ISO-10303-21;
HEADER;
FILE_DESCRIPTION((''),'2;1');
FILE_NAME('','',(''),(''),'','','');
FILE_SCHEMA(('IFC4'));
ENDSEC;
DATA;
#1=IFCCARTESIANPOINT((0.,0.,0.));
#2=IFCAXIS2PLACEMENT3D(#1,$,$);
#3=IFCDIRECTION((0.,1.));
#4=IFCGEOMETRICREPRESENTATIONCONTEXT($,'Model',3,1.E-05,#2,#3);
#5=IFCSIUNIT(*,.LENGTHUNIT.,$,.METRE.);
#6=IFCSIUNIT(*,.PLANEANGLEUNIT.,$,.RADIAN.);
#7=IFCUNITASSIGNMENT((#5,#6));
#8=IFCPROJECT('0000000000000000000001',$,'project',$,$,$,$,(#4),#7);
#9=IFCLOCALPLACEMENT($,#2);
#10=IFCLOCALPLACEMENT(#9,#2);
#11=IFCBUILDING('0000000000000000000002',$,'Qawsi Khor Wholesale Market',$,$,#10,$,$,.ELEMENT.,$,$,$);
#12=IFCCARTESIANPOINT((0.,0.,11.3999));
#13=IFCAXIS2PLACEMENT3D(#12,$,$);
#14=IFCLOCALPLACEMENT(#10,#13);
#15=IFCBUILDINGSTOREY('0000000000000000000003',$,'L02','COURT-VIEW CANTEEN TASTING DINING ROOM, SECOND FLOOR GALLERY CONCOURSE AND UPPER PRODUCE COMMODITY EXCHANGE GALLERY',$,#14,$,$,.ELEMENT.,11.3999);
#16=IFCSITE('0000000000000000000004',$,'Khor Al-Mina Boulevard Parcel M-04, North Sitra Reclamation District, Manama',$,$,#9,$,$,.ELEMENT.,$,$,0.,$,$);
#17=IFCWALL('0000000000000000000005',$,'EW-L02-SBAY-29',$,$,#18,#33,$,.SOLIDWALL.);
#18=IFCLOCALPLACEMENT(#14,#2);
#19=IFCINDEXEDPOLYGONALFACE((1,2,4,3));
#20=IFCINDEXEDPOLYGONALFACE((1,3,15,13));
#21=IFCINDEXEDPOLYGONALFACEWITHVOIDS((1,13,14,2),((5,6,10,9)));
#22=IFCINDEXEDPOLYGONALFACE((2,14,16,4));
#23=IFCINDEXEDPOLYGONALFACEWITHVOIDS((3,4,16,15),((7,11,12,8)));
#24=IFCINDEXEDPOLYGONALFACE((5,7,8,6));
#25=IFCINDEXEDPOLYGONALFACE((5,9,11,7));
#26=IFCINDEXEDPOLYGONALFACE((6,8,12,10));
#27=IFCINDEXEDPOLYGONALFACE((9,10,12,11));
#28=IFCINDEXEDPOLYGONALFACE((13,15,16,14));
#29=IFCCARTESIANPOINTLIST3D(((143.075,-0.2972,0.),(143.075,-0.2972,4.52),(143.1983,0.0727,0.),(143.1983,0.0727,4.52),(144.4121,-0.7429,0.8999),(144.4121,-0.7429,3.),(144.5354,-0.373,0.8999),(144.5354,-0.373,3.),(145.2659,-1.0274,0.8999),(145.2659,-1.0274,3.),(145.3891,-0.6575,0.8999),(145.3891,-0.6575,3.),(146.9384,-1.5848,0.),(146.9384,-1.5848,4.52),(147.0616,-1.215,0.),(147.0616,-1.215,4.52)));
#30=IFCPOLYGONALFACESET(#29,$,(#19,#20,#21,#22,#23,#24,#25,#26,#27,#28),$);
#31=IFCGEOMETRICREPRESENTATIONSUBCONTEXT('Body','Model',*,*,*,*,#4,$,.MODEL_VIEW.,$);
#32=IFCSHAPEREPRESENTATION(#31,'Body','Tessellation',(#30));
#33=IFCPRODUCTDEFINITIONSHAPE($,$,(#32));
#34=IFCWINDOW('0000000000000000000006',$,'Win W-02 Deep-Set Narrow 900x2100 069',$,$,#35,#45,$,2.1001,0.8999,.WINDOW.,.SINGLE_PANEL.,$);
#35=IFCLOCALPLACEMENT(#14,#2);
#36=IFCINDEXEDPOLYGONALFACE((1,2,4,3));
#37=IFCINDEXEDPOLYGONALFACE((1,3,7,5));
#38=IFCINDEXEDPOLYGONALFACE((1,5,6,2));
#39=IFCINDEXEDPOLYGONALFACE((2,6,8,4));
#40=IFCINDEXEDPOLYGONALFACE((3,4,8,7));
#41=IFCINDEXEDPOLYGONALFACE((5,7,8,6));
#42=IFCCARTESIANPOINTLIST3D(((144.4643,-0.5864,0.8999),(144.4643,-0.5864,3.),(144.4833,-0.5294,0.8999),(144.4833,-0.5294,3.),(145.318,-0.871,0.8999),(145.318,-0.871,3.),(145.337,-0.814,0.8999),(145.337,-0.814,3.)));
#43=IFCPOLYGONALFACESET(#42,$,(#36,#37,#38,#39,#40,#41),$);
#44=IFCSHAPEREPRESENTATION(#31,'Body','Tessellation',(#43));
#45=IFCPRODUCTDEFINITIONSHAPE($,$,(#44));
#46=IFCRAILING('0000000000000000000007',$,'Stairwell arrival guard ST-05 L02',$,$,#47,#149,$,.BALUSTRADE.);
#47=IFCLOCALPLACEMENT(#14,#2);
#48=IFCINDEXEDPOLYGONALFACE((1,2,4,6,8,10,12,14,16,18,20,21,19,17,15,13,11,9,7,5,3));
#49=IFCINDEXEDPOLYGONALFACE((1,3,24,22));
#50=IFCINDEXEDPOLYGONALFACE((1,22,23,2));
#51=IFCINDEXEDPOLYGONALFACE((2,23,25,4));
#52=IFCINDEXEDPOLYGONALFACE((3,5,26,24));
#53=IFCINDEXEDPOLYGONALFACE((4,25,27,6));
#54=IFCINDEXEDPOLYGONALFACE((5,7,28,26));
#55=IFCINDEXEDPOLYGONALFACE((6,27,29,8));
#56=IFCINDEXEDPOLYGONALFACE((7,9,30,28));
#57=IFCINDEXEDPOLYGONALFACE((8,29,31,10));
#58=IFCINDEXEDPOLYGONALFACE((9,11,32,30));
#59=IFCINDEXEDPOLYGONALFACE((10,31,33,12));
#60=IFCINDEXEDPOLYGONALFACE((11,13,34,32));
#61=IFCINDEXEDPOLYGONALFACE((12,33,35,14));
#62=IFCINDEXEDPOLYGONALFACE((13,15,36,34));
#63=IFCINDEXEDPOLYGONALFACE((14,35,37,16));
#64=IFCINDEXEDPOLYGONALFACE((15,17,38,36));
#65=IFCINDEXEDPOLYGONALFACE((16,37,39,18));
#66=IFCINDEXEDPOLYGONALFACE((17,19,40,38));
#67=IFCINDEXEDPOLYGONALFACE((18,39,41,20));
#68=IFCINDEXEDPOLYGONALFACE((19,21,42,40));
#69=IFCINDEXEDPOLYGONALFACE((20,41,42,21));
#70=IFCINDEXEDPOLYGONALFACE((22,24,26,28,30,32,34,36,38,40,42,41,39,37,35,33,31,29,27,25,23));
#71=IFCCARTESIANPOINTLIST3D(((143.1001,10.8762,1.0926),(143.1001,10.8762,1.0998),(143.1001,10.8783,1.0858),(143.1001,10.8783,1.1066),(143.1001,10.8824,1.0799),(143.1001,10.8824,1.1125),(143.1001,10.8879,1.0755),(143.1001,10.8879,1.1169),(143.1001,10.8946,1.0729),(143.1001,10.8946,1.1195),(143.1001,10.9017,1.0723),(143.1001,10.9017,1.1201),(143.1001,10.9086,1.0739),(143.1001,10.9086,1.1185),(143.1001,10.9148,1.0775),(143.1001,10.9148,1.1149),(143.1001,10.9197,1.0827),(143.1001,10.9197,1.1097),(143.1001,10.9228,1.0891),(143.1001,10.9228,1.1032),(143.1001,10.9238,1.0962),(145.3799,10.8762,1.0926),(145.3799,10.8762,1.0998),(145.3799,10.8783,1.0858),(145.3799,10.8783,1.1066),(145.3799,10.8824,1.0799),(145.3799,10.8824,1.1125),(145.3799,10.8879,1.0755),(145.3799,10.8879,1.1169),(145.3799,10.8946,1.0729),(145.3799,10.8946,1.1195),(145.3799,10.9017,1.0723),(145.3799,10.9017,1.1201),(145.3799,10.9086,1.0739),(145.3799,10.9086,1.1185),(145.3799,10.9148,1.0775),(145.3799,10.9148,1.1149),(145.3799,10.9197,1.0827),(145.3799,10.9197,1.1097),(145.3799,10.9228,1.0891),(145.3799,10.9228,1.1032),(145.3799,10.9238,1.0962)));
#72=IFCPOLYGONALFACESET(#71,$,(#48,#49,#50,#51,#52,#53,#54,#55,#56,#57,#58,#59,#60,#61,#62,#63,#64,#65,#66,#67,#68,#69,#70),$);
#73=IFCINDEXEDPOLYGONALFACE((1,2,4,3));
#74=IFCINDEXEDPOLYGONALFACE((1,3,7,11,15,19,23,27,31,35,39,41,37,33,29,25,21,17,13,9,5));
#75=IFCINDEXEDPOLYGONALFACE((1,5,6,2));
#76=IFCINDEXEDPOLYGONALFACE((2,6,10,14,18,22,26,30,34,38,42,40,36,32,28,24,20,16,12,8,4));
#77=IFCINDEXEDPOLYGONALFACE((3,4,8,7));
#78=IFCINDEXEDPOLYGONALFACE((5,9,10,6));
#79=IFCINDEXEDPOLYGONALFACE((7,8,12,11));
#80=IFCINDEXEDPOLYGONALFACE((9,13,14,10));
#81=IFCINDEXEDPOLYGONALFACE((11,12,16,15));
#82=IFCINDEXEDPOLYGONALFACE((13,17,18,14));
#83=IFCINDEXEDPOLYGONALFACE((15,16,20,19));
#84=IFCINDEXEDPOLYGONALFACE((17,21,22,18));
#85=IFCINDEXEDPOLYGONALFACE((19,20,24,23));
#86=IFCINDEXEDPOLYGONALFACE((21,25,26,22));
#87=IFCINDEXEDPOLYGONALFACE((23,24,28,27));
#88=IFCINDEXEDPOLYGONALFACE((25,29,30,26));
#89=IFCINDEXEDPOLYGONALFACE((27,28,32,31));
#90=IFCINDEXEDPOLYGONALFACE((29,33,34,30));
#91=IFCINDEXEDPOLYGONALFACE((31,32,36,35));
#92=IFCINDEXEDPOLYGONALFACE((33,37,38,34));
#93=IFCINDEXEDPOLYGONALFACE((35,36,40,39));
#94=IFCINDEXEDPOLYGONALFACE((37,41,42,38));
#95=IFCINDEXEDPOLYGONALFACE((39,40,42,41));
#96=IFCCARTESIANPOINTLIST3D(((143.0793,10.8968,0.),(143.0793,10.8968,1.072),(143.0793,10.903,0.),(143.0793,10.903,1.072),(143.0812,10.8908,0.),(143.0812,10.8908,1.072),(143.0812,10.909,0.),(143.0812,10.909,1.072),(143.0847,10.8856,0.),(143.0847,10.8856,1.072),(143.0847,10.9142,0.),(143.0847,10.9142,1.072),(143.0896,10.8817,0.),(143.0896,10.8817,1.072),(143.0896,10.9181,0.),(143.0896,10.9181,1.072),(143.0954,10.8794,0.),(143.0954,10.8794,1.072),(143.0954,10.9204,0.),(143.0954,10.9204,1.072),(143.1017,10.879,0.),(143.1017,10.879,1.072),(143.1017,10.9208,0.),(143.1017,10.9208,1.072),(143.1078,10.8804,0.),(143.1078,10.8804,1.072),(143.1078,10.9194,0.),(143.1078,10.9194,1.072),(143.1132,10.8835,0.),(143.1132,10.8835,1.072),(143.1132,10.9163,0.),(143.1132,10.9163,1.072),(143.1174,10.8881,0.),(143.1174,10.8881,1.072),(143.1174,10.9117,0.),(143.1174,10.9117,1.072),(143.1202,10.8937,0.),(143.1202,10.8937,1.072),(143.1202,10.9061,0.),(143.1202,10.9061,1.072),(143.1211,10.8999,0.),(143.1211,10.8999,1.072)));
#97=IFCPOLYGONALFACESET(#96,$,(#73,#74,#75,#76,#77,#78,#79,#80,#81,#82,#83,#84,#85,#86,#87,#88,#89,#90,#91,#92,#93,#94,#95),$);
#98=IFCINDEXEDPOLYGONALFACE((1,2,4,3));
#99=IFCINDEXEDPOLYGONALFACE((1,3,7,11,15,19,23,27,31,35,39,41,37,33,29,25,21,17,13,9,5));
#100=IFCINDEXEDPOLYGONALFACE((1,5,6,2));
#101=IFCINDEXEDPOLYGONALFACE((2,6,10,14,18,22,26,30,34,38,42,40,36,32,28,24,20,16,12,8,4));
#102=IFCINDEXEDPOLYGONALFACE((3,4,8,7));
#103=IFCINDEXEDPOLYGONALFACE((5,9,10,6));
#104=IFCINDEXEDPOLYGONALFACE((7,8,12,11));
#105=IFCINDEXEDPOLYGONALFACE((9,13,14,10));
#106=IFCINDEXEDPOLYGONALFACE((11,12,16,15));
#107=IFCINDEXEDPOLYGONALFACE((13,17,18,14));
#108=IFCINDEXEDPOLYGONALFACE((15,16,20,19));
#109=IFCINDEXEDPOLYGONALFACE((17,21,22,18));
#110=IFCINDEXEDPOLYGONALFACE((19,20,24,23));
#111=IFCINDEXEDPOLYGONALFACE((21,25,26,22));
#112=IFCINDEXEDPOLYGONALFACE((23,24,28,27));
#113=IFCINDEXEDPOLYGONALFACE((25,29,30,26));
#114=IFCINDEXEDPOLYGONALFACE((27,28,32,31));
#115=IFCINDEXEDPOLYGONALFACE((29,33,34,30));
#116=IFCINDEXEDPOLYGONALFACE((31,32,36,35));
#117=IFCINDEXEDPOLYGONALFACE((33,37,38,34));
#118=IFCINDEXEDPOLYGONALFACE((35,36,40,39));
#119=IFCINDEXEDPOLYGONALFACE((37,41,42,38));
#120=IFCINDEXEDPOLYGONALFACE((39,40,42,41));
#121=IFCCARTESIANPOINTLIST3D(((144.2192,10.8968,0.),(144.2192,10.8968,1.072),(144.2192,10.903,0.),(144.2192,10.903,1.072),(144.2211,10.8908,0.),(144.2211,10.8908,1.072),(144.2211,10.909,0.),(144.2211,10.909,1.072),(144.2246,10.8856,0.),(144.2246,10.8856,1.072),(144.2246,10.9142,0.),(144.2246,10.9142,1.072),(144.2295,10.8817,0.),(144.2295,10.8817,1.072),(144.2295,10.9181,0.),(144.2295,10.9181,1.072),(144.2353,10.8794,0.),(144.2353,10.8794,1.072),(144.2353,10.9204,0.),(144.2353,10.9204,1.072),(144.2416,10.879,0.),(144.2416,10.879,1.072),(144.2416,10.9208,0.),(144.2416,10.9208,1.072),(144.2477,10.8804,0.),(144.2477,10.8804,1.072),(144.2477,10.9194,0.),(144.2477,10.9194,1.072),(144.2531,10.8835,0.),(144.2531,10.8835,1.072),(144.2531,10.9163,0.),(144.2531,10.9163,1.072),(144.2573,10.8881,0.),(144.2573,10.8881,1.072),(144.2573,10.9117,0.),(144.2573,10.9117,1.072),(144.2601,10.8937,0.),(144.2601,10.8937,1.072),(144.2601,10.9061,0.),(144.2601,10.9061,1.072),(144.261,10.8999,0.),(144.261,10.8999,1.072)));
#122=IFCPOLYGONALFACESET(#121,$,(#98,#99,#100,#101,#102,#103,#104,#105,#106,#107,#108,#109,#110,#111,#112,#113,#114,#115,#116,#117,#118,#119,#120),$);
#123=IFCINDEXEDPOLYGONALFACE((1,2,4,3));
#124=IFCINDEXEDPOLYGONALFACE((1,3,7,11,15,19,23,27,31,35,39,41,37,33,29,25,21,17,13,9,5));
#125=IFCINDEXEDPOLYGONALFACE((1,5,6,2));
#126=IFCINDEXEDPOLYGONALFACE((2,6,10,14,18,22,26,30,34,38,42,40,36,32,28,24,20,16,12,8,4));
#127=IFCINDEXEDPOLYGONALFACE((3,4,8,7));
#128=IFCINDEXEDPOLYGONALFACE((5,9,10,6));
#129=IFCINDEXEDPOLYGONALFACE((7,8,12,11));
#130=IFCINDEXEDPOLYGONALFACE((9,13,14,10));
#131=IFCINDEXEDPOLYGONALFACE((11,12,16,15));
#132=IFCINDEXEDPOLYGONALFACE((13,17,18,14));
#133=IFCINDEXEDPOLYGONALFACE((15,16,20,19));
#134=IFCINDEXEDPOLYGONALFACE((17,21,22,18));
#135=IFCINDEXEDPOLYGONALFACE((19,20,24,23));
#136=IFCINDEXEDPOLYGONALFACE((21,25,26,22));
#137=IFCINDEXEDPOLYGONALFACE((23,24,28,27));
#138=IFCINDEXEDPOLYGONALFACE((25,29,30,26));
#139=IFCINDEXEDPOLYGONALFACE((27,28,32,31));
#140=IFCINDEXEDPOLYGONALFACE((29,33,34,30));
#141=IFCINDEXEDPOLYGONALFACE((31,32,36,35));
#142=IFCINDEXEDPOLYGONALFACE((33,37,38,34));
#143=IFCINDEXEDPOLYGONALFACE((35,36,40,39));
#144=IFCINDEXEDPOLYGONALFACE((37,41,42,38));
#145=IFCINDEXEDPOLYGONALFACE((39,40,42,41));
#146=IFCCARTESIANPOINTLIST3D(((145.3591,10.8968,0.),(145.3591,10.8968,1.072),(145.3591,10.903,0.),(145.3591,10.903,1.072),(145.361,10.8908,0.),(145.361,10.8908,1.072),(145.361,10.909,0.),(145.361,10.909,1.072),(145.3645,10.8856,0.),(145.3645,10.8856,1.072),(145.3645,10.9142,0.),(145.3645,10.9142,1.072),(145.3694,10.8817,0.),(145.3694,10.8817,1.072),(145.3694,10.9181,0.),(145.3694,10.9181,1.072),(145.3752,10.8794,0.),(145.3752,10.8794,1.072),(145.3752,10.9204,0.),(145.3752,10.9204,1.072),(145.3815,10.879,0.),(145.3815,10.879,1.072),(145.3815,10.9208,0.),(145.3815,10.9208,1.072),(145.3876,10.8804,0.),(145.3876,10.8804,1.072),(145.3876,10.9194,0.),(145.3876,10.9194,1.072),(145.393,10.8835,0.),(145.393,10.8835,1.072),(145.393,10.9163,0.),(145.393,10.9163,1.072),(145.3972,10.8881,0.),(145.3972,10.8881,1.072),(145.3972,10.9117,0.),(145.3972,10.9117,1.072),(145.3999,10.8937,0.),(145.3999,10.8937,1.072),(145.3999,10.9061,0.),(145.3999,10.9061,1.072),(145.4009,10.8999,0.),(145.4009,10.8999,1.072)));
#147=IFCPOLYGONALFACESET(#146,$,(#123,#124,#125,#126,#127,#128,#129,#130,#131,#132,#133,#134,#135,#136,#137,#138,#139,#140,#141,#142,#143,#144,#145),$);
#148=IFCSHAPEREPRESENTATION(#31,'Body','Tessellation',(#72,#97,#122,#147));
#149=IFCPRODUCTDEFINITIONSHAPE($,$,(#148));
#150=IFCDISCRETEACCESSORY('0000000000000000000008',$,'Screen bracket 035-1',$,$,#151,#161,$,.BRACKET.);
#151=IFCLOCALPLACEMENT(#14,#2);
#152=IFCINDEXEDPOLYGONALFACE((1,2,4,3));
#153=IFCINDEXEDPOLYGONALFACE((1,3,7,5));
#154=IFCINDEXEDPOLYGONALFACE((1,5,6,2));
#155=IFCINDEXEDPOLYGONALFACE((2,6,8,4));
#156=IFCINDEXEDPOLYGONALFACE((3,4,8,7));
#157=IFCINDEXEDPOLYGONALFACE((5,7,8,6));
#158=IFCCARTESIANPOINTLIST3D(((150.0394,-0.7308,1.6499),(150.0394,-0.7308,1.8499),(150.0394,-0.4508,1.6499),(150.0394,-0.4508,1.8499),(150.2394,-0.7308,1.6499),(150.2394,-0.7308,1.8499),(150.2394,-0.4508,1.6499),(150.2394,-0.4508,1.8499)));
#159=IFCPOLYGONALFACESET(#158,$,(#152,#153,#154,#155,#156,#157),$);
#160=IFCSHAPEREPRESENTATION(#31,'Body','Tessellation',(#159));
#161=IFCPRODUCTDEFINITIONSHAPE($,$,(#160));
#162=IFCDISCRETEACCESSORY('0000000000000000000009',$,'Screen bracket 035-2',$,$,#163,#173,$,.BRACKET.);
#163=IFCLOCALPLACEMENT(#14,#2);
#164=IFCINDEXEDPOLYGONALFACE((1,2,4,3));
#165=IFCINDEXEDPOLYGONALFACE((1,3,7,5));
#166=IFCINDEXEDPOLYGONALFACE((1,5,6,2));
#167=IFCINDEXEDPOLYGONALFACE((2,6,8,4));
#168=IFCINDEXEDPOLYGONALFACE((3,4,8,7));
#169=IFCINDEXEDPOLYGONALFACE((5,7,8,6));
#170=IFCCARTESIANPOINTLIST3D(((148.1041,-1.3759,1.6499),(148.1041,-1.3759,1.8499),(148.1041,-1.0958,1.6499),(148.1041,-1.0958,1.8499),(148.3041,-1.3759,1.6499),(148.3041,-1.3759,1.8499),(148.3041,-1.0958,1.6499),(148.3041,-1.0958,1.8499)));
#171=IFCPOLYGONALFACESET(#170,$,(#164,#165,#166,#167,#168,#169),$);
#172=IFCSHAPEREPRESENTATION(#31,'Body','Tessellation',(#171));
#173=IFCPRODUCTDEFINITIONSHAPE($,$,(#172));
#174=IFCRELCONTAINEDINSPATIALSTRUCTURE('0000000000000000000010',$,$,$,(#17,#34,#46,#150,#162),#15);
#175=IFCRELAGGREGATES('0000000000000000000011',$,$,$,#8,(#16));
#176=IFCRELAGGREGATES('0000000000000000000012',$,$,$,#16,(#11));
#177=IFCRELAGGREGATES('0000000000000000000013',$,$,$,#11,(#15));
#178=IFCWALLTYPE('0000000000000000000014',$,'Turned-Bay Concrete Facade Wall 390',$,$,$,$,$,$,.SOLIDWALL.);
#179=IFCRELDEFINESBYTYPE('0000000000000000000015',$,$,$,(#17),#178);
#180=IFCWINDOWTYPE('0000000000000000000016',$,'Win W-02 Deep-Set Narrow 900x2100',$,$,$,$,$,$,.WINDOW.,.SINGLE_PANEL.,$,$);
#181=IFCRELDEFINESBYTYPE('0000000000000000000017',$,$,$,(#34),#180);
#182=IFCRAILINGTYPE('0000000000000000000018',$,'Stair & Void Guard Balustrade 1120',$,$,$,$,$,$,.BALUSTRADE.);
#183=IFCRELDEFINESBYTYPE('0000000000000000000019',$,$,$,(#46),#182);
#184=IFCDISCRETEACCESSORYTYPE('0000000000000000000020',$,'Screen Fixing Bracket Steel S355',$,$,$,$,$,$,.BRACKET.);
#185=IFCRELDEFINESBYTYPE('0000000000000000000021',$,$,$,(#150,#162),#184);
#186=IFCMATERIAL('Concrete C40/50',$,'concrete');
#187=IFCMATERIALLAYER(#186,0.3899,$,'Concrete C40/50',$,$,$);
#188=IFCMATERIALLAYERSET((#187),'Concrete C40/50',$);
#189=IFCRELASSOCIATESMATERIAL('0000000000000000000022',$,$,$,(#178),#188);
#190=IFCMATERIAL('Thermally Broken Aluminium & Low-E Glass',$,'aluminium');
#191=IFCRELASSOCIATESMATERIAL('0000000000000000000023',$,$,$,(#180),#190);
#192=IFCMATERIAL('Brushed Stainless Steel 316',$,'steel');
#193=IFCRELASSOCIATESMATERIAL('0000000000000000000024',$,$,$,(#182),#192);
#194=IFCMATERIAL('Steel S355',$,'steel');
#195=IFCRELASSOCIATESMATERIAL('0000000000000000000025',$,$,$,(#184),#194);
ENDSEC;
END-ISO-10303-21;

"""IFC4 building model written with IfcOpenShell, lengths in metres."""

from ifc_helpers import new_model, si_unit, direction, frame, frame_2d, origin, origin_2d, place, context, subcontext, project, spatial, rectangle, circle, extrude, material, layer, layer_set, type_object, element, fill, save


model = new_model("IFC4")

# Units and contexts
model_context = context("Model", 3, precision=1e-05, world=origin(), true_north=direction((0.0, 1.0)))
body_context = subcontext(model_context, "Body", "Model", "MODEL_VIEW")
ifc_project = project(units=[si_unit("LENGTHUNIT", "METRE"), si_unit("PLANEANGLEUNIT", "RADIAN")], contexts=[model_context])

# Site, building, storey
site_placement = place(None, origin())
site = spatial("IfcSite", under=ifc_project, at=site_placement, Name="Khor Al-Mina Boulevard Parcel M-04, North Sitra Reclamation District, Manama", CompositionType="ELEMENT", RefElevation=0.0)
building_placement = place(site_placement, origin())
building = spatial("IfcBuilding", under=site, at=building_placement, Name="Qawsi Khor Wholesale Market", CompositionType="ELEMENT")
storey_placement = place(building_placement, frame((0.0, 0.0, 11.3999)))
storey = spatial("IfcBuildingStorey", under=building, at=storey_placement, Name="L02", Description="COURT-VIEW CANTEEN TASTING DINING ROOM, SECOND FLOOR GALLERY CONCOURSE AND UPPER PRODUCE COMMODITY EXCHANGE GALLERY", CompositionType="ELEMENT", Elevation=11.3999)

# Shared definitions
ifc_material_1 = material(Name="Concrete C40/50", Category="concrete")

# Shared definitions
ifc_material_2 = material(Name="Steel S355", Category="steel")

# Wall, opening, window
ifc_material_3 = material(Name="Thermally Broken Aluminium & Low-E Glass", Category="aluminium")
ifc_layer_1 = layer(ifc_material_1, 0.3899, Name="Concrete C40/50")
ifc_layer_set_1 = layer_set([ifc_layer_1], Name="Concrete C40/50")
wall_type_1 = type_object("IfcWallType", Name="Turned-Bay Concrete Facade Wall 390", PredefinedType="SOLIDWALL", material=ifc_layer_set_1)
wall_1_placement = place(storey_placement, frame((147.0, -1.3999, 0.0), z_axis=(0.0, 0.0, 1.0), x_axis=(-0.948695, 0.316192, 0.0)))
wall_1 = element("IfcWall", 1, at=wall_1_placement, inside=storey, type_object=wall_type_1, Name="EW-L02-SBAY-29", PredefinedType="SOLIDWALL", context=body_context, shape_type="SweptSolid", body=[
    extrude(rectangle(XDim=4.0723, YDim=0.3899, at=frame_2d((2.0361, 0.0))), origin(), (0.0, 0.0, 1.0), 4.52),
])
opening_1_placement = place(wall_1_placement, frame((1.7629, 0.0, 0.8999)))
opening_1 = element("IfcOpeningElement", 2, at=opening_1_placement, cuts=wall_1, PredefinedType="OPENING", context=body_context, shape_type="SweptSolid", body=[
    extrude(rectangle(XDim=0.8999, YDim=2.1001, at=frame_2d((0.45, 1.05))), frame((0.0, 0.2048, 0.0), z_axis=(0.0, -1.0, 0.0), x_axis=(1.0, 0.0, 0.0)), (0.0, 0.0, 1.0), 0.4099),
])
window_type_1 = type_object("IfcWindowType", Name="Win W-02 Deep-Set Narrow 900x2100", PartitioningType="SINGLE_PANEL", PredefinedType="WINDOW", material=ifc_material_3)
window_1_placement = place(opening_1_placement, origin())
window_1 = element("IfcWindow", 3, at=window_1_placement, inside=storey, type_object=window_type_1, Name="Win W-02 Deep-Set Narrow 900x2100 069", OverallHeight=2.1001, OverallWidth=0.8999, PartitioningType="SINGLE_PANEL", PredefinedType="WINDOW", context=body_context, shape_type="SweptSolid", body=[
    extrude(rectangle(XDim=0.8999, YDim=2.1001, at=frame_2d((0.45, 1.05))), frame((0.0, 0.03, 0.0), z_axis=(0.0, -1.0, 0.0), x_axis=(1.0, 0.0, 0.0)), (0.0, 0.0, 1.0), 0.0601),
])
fill(opening_1, window_1)

# Railing
ifc_material_4 = material(Name="Brushed Stainless Steel 316", Category="steel")
railing_type = type_object("IfcRailingType", Name="Stair & Void Guard Balustrade 1120", PredefinedType="BALUSTRADE", material=ifc_material_4)
railing_placement = place(storey_placement, frame((143.1001, 10.8999, 0.0)))
element("IfcRailing", 4, at=railing_placement, inside=storey, type_object=railing_type, Name="Stairwell arrival guard ST-05 L02", PredefinedType="BALUSTRADE", context=body_context, shape_type="SweptSolid", body=[
    extrude(circle(Radius=0.0239, at=origin_2d()), frame((0.0, 0.0, 1.0962), z_axis=(1.0, 0.0, 0.0), x_axis=(0.0, 1.0, 0.0)), (0.0, 0.0, 1.0), 2.2798),
    extrude(circle(Radius=0.021, at=origin_2d()), origin(), (0.0, 0.0, 1.0), 1.072),
    extrude(circle(Radius=0.021, at=origin_2d()), frame((1.1399, 0.0, 0.0)), (0.0, 0.0, 1.0), 1.072),
    extrude(circle(Radius=0.021, at=origin_2d()), frame((2.2798, 0.0, 0.0)), (0.0, 0.0, 1.0), 1.072),
])

# Discrete accessories
discrete_accessory_type = type_object("IfcDiscreteAccessoryType", Name="Screen Fixing Bracket Steel S355", PredefinedType="BRACKET", material=ifc_material_2)
for number, where, z_axis, x_axis, name in (
    (5, (150.1394, -0.5908, 1.6499), (0.0, 0.0, 1.0), (1.0, 0.0, 0.0), "Screen bracket 035-1"),
    (6, (148.2041, -1.2358, 1.6499), (0.0, 0.0, 1.0), (1.0, 0.0, 0.0), "Screen bracket 035-2"),
):
    element("IfcDiscreteAccessory", number, at=place(storey_placement, frame(where, z_axis=z_axis, x_axis=x_axis)), inside=storey, type_object=discrete_accessory_type, Name=name, PredefinedType="BRACKET", context=body_context, shape_type="SweptSolid", body=[
        extrude(rectangle(XDim=0.2, YDim=0.28, at=origin_2d()), origin(), (0.0, 0.0, 1.0), 0.2),
    ])

save(model, "model.ifc")
